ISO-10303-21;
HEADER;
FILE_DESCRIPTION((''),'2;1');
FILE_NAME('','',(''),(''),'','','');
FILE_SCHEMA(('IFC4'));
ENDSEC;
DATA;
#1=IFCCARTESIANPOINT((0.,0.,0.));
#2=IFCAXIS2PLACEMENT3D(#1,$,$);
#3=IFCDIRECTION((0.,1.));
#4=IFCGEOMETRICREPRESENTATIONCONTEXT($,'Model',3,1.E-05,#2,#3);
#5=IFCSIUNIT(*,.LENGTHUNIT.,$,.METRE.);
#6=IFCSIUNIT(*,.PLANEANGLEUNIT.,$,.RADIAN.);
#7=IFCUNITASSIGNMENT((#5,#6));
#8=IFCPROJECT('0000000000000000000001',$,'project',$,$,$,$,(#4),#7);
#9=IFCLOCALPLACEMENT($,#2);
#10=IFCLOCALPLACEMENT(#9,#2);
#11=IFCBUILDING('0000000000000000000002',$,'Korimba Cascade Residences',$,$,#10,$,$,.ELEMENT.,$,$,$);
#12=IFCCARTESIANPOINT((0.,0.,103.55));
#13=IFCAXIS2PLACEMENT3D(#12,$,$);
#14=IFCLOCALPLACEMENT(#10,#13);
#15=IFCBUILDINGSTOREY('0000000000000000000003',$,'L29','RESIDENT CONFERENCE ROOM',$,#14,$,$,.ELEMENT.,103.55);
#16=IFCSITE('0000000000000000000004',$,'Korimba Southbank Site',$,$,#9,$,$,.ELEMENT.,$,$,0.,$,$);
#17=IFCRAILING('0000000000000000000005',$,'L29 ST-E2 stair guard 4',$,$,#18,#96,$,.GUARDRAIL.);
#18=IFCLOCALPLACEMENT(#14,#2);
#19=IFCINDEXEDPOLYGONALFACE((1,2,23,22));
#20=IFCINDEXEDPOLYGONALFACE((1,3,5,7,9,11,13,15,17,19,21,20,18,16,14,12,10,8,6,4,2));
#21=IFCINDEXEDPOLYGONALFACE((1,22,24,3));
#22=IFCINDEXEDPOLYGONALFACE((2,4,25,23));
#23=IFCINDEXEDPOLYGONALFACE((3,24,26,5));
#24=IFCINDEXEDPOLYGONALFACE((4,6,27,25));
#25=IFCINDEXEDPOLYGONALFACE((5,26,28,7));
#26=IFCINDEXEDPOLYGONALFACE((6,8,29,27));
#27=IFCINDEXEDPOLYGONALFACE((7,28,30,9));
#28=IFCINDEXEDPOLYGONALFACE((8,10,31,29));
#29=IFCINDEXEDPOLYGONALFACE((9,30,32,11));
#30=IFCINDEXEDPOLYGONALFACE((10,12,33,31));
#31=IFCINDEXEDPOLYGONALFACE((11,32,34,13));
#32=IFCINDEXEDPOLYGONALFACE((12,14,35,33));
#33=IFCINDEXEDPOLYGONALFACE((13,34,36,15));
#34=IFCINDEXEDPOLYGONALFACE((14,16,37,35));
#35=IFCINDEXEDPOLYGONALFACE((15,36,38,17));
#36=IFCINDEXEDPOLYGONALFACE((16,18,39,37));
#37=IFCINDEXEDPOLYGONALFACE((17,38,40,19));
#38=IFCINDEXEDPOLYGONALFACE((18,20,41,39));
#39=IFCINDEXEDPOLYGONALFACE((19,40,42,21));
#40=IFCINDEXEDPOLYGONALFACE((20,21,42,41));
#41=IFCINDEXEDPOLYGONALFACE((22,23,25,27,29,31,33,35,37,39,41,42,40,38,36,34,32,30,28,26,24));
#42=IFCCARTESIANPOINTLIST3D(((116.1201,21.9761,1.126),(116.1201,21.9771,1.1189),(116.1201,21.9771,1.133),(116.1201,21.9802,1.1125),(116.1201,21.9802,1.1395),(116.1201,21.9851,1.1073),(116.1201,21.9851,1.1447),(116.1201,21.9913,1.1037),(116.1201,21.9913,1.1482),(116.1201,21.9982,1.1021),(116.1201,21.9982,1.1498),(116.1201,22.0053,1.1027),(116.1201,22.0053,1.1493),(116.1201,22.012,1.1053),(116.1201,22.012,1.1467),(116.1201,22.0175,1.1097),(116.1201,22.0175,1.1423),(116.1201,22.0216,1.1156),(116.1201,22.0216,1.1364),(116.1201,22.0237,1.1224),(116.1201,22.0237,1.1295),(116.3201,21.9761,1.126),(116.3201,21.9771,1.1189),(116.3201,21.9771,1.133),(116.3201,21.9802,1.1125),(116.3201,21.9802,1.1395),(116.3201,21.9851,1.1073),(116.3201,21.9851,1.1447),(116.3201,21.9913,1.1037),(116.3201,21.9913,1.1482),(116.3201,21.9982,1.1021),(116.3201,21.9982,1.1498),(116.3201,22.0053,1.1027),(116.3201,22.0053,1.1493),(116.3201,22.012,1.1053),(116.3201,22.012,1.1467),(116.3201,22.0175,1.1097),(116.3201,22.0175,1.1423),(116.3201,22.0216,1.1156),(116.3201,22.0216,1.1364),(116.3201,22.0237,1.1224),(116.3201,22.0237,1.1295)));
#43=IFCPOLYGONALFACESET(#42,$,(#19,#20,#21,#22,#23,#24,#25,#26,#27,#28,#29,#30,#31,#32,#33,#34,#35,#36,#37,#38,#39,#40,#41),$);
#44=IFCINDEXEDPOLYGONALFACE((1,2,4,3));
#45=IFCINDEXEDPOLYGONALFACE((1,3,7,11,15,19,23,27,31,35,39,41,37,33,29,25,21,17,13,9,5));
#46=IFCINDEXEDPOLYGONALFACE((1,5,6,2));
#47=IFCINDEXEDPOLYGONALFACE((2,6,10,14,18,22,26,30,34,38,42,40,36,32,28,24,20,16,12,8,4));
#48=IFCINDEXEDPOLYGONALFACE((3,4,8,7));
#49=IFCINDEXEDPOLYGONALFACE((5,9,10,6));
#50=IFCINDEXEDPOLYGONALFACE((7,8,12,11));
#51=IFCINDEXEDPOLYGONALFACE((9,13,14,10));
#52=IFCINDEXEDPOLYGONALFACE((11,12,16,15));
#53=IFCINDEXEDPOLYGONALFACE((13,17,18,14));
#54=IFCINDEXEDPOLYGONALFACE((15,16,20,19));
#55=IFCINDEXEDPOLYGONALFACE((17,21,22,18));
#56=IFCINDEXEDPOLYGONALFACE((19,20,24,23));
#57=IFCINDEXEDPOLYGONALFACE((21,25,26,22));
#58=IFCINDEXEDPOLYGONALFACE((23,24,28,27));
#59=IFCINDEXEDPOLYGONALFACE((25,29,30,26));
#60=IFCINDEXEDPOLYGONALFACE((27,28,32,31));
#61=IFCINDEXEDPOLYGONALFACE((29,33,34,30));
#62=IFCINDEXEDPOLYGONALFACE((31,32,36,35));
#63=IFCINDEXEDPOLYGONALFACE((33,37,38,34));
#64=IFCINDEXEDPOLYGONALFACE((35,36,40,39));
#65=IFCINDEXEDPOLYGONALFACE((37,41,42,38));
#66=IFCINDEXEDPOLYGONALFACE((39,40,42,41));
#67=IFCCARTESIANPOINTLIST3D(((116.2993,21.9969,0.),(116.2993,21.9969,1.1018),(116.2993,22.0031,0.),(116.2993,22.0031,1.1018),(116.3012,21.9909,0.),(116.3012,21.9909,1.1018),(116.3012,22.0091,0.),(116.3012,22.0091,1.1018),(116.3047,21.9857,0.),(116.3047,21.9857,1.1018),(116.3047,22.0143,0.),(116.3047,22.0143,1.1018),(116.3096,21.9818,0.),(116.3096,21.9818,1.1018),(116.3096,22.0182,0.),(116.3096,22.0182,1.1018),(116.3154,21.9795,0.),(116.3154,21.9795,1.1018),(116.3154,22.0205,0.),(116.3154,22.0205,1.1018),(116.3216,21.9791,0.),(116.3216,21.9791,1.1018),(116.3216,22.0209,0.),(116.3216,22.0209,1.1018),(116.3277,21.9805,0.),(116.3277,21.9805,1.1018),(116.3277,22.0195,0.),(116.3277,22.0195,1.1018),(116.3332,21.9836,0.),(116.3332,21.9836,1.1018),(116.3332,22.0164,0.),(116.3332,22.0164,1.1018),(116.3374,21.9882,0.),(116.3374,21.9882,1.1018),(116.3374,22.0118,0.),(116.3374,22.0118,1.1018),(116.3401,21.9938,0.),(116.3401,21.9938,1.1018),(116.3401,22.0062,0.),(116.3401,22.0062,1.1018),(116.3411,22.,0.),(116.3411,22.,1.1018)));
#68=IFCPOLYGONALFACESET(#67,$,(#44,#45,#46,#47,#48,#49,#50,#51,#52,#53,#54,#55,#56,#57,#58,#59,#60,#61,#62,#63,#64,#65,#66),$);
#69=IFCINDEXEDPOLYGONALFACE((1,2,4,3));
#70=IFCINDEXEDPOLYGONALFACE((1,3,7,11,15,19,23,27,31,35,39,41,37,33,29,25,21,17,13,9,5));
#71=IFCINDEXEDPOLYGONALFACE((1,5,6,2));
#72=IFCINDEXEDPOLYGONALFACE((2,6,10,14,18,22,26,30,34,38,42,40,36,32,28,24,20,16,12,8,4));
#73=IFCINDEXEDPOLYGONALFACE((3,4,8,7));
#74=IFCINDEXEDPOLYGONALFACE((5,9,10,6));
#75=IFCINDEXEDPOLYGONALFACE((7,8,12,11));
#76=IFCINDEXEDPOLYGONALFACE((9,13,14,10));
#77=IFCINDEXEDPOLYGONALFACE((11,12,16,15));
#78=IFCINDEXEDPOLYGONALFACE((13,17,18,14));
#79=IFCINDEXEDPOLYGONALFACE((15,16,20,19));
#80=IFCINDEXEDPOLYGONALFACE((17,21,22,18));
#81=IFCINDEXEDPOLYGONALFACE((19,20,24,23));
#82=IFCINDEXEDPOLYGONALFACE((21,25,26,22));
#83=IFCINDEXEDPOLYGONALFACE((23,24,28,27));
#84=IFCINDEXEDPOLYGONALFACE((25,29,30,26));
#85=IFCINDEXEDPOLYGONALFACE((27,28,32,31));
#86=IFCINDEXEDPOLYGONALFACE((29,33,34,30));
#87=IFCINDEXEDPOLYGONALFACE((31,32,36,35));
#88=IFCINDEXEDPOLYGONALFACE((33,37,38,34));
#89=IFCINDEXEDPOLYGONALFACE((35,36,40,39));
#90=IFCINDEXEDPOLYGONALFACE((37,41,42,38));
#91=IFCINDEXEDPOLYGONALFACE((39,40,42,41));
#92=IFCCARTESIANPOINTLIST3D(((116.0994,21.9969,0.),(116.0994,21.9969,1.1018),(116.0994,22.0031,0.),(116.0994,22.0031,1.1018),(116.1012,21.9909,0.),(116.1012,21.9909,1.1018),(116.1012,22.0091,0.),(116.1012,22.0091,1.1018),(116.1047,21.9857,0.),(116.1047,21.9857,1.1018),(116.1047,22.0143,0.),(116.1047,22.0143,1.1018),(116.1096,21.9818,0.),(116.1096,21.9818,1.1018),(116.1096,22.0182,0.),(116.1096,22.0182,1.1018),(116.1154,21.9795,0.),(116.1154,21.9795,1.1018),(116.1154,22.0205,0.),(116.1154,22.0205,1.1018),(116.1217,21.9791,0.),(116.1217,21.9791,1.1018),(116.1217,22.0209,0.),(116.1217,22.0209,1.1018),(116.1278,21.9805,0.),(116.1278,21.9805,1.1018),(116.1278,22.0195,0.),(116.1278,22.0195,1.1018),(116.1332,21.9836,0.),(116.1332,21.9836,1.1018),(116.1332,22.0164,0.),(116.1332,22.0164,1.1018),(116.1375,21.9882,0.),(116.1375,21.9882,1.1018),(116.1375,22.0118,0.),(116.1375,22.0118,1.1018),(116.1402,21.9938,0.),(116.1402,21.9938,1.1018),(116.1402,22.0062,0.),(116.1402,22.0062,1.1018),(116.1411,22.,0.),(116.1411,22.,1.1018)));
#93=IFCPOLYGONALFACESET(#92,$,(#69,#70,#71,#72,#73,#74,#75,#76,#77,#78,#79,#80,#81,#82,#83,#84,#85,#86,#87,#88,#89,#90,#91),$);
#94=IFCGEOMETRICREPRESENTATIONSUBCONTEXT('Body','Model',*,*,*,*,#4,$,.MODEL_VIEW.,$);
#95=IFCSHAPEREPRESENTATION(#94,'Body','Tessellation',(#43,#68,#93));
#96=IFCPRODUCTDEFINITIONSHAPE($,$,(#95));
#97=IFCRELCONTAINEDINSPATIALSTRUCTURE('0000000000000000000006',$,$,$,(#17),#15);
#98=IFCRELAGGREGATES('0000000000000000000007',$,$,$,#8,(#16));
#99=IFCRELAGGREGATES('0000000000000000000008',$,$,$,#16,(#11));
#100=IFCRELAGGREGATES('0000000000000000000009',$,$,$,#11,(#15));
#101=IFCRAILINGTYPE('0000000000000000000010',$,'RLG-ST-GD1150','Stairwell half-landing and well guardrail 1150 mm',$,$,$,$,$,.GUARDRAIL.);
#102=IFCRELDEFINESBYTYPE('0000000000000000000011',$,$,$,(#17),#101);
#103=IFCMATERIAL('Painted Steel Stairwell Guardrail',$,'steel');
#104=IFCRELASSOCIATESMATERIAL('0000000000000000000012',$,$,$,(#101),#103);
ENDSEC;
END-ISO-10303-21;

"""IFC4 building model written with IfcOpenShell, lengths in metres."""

from ifc_helpers import new_model, si_unit, direction, frame, origin, origin_2d, place, context, subcontext, project, spatial, circle, extrude, material, type_object, element, save


model = new_model("IFC4")

# Units and contexts
model_context = context("Model", 3, precision=1e-05, world=origin(), true_north=direction((0.0, 1.0)))
body_context = subcontext(model_context, "Body", "Model", "MODEL_VIEW")
ifc_project = project(units=[si_unit("LENGTHUNIT", "METRE"), si_unit("PLANEANGLEUNIT", "RADIAN")], contexts=[model_context])

# Site, building, storey
site_placement = place(None, origin())
site = spatial("IfcSite", under=ifc_project, at=site_placement, Name="Korimba Southbank Site", CompositionType="ELEMENT", RefElevation=0.0)
building_placement = place(site_placement, origin())
building = spatial("IfcBuilding", under=site, at=building_placement, Name="Korimba Cascade Residences", CompositionType="ELEMENT")
storey_placement = place(building_placement, frame((0.0, 0.0, 103.55)))
storey = spatial("IfcBuildingStorey", under=building, at=storey_placement, Name="L29", Description="RESIDENT CONFERENCE ROOM", CompositionType="ELEMENT", Elevation=103.55)

# Railing
ifc_material_1 = material(Name="Painted Steel Stairwell Guardrail", Category="steel")
railing_type_1 = type_object("IfcRailingType", Name="RLG-ST-GD1150", Description="Stairwell half-landing and well guardrail 1150 mm", PredefinedType="GUARDRAIL", material=ifc_material_1)
railing_1_placement = place(storey_placement, frame((116.3201, 22.0, 0.0)))
element("IfcRailing", 1, at=railing_1_placement, inside=storey, type_object=railing_type_1, Name="L29 ST-E2 stair guard 4", PredefinedType="GUARDRAIL", context=body_context, shape_type="SweptSolid", body=[
    extrude(circle(Radius=0.0239, at=origin_2d()), frame((0.0, 0.0, 1.126), z_axis=(-1.0, 0.0, 0.0), x_axis=(0.0, -1.0, 0.0)), (0.0, 0.0, 1.0), 0.2),
    extrude(circle(Radius=0.021, at=origin_2d()), origin(), (0.0, 0.0, 1.0), 1.1018),
    extrude(circle(Radius=0.021, at=origin_2d()), frame((-0.2, 0.0, 0.0)), (0.0, 0.0, 1.0), 1.1018),
])

save(model, "model.ifc")
